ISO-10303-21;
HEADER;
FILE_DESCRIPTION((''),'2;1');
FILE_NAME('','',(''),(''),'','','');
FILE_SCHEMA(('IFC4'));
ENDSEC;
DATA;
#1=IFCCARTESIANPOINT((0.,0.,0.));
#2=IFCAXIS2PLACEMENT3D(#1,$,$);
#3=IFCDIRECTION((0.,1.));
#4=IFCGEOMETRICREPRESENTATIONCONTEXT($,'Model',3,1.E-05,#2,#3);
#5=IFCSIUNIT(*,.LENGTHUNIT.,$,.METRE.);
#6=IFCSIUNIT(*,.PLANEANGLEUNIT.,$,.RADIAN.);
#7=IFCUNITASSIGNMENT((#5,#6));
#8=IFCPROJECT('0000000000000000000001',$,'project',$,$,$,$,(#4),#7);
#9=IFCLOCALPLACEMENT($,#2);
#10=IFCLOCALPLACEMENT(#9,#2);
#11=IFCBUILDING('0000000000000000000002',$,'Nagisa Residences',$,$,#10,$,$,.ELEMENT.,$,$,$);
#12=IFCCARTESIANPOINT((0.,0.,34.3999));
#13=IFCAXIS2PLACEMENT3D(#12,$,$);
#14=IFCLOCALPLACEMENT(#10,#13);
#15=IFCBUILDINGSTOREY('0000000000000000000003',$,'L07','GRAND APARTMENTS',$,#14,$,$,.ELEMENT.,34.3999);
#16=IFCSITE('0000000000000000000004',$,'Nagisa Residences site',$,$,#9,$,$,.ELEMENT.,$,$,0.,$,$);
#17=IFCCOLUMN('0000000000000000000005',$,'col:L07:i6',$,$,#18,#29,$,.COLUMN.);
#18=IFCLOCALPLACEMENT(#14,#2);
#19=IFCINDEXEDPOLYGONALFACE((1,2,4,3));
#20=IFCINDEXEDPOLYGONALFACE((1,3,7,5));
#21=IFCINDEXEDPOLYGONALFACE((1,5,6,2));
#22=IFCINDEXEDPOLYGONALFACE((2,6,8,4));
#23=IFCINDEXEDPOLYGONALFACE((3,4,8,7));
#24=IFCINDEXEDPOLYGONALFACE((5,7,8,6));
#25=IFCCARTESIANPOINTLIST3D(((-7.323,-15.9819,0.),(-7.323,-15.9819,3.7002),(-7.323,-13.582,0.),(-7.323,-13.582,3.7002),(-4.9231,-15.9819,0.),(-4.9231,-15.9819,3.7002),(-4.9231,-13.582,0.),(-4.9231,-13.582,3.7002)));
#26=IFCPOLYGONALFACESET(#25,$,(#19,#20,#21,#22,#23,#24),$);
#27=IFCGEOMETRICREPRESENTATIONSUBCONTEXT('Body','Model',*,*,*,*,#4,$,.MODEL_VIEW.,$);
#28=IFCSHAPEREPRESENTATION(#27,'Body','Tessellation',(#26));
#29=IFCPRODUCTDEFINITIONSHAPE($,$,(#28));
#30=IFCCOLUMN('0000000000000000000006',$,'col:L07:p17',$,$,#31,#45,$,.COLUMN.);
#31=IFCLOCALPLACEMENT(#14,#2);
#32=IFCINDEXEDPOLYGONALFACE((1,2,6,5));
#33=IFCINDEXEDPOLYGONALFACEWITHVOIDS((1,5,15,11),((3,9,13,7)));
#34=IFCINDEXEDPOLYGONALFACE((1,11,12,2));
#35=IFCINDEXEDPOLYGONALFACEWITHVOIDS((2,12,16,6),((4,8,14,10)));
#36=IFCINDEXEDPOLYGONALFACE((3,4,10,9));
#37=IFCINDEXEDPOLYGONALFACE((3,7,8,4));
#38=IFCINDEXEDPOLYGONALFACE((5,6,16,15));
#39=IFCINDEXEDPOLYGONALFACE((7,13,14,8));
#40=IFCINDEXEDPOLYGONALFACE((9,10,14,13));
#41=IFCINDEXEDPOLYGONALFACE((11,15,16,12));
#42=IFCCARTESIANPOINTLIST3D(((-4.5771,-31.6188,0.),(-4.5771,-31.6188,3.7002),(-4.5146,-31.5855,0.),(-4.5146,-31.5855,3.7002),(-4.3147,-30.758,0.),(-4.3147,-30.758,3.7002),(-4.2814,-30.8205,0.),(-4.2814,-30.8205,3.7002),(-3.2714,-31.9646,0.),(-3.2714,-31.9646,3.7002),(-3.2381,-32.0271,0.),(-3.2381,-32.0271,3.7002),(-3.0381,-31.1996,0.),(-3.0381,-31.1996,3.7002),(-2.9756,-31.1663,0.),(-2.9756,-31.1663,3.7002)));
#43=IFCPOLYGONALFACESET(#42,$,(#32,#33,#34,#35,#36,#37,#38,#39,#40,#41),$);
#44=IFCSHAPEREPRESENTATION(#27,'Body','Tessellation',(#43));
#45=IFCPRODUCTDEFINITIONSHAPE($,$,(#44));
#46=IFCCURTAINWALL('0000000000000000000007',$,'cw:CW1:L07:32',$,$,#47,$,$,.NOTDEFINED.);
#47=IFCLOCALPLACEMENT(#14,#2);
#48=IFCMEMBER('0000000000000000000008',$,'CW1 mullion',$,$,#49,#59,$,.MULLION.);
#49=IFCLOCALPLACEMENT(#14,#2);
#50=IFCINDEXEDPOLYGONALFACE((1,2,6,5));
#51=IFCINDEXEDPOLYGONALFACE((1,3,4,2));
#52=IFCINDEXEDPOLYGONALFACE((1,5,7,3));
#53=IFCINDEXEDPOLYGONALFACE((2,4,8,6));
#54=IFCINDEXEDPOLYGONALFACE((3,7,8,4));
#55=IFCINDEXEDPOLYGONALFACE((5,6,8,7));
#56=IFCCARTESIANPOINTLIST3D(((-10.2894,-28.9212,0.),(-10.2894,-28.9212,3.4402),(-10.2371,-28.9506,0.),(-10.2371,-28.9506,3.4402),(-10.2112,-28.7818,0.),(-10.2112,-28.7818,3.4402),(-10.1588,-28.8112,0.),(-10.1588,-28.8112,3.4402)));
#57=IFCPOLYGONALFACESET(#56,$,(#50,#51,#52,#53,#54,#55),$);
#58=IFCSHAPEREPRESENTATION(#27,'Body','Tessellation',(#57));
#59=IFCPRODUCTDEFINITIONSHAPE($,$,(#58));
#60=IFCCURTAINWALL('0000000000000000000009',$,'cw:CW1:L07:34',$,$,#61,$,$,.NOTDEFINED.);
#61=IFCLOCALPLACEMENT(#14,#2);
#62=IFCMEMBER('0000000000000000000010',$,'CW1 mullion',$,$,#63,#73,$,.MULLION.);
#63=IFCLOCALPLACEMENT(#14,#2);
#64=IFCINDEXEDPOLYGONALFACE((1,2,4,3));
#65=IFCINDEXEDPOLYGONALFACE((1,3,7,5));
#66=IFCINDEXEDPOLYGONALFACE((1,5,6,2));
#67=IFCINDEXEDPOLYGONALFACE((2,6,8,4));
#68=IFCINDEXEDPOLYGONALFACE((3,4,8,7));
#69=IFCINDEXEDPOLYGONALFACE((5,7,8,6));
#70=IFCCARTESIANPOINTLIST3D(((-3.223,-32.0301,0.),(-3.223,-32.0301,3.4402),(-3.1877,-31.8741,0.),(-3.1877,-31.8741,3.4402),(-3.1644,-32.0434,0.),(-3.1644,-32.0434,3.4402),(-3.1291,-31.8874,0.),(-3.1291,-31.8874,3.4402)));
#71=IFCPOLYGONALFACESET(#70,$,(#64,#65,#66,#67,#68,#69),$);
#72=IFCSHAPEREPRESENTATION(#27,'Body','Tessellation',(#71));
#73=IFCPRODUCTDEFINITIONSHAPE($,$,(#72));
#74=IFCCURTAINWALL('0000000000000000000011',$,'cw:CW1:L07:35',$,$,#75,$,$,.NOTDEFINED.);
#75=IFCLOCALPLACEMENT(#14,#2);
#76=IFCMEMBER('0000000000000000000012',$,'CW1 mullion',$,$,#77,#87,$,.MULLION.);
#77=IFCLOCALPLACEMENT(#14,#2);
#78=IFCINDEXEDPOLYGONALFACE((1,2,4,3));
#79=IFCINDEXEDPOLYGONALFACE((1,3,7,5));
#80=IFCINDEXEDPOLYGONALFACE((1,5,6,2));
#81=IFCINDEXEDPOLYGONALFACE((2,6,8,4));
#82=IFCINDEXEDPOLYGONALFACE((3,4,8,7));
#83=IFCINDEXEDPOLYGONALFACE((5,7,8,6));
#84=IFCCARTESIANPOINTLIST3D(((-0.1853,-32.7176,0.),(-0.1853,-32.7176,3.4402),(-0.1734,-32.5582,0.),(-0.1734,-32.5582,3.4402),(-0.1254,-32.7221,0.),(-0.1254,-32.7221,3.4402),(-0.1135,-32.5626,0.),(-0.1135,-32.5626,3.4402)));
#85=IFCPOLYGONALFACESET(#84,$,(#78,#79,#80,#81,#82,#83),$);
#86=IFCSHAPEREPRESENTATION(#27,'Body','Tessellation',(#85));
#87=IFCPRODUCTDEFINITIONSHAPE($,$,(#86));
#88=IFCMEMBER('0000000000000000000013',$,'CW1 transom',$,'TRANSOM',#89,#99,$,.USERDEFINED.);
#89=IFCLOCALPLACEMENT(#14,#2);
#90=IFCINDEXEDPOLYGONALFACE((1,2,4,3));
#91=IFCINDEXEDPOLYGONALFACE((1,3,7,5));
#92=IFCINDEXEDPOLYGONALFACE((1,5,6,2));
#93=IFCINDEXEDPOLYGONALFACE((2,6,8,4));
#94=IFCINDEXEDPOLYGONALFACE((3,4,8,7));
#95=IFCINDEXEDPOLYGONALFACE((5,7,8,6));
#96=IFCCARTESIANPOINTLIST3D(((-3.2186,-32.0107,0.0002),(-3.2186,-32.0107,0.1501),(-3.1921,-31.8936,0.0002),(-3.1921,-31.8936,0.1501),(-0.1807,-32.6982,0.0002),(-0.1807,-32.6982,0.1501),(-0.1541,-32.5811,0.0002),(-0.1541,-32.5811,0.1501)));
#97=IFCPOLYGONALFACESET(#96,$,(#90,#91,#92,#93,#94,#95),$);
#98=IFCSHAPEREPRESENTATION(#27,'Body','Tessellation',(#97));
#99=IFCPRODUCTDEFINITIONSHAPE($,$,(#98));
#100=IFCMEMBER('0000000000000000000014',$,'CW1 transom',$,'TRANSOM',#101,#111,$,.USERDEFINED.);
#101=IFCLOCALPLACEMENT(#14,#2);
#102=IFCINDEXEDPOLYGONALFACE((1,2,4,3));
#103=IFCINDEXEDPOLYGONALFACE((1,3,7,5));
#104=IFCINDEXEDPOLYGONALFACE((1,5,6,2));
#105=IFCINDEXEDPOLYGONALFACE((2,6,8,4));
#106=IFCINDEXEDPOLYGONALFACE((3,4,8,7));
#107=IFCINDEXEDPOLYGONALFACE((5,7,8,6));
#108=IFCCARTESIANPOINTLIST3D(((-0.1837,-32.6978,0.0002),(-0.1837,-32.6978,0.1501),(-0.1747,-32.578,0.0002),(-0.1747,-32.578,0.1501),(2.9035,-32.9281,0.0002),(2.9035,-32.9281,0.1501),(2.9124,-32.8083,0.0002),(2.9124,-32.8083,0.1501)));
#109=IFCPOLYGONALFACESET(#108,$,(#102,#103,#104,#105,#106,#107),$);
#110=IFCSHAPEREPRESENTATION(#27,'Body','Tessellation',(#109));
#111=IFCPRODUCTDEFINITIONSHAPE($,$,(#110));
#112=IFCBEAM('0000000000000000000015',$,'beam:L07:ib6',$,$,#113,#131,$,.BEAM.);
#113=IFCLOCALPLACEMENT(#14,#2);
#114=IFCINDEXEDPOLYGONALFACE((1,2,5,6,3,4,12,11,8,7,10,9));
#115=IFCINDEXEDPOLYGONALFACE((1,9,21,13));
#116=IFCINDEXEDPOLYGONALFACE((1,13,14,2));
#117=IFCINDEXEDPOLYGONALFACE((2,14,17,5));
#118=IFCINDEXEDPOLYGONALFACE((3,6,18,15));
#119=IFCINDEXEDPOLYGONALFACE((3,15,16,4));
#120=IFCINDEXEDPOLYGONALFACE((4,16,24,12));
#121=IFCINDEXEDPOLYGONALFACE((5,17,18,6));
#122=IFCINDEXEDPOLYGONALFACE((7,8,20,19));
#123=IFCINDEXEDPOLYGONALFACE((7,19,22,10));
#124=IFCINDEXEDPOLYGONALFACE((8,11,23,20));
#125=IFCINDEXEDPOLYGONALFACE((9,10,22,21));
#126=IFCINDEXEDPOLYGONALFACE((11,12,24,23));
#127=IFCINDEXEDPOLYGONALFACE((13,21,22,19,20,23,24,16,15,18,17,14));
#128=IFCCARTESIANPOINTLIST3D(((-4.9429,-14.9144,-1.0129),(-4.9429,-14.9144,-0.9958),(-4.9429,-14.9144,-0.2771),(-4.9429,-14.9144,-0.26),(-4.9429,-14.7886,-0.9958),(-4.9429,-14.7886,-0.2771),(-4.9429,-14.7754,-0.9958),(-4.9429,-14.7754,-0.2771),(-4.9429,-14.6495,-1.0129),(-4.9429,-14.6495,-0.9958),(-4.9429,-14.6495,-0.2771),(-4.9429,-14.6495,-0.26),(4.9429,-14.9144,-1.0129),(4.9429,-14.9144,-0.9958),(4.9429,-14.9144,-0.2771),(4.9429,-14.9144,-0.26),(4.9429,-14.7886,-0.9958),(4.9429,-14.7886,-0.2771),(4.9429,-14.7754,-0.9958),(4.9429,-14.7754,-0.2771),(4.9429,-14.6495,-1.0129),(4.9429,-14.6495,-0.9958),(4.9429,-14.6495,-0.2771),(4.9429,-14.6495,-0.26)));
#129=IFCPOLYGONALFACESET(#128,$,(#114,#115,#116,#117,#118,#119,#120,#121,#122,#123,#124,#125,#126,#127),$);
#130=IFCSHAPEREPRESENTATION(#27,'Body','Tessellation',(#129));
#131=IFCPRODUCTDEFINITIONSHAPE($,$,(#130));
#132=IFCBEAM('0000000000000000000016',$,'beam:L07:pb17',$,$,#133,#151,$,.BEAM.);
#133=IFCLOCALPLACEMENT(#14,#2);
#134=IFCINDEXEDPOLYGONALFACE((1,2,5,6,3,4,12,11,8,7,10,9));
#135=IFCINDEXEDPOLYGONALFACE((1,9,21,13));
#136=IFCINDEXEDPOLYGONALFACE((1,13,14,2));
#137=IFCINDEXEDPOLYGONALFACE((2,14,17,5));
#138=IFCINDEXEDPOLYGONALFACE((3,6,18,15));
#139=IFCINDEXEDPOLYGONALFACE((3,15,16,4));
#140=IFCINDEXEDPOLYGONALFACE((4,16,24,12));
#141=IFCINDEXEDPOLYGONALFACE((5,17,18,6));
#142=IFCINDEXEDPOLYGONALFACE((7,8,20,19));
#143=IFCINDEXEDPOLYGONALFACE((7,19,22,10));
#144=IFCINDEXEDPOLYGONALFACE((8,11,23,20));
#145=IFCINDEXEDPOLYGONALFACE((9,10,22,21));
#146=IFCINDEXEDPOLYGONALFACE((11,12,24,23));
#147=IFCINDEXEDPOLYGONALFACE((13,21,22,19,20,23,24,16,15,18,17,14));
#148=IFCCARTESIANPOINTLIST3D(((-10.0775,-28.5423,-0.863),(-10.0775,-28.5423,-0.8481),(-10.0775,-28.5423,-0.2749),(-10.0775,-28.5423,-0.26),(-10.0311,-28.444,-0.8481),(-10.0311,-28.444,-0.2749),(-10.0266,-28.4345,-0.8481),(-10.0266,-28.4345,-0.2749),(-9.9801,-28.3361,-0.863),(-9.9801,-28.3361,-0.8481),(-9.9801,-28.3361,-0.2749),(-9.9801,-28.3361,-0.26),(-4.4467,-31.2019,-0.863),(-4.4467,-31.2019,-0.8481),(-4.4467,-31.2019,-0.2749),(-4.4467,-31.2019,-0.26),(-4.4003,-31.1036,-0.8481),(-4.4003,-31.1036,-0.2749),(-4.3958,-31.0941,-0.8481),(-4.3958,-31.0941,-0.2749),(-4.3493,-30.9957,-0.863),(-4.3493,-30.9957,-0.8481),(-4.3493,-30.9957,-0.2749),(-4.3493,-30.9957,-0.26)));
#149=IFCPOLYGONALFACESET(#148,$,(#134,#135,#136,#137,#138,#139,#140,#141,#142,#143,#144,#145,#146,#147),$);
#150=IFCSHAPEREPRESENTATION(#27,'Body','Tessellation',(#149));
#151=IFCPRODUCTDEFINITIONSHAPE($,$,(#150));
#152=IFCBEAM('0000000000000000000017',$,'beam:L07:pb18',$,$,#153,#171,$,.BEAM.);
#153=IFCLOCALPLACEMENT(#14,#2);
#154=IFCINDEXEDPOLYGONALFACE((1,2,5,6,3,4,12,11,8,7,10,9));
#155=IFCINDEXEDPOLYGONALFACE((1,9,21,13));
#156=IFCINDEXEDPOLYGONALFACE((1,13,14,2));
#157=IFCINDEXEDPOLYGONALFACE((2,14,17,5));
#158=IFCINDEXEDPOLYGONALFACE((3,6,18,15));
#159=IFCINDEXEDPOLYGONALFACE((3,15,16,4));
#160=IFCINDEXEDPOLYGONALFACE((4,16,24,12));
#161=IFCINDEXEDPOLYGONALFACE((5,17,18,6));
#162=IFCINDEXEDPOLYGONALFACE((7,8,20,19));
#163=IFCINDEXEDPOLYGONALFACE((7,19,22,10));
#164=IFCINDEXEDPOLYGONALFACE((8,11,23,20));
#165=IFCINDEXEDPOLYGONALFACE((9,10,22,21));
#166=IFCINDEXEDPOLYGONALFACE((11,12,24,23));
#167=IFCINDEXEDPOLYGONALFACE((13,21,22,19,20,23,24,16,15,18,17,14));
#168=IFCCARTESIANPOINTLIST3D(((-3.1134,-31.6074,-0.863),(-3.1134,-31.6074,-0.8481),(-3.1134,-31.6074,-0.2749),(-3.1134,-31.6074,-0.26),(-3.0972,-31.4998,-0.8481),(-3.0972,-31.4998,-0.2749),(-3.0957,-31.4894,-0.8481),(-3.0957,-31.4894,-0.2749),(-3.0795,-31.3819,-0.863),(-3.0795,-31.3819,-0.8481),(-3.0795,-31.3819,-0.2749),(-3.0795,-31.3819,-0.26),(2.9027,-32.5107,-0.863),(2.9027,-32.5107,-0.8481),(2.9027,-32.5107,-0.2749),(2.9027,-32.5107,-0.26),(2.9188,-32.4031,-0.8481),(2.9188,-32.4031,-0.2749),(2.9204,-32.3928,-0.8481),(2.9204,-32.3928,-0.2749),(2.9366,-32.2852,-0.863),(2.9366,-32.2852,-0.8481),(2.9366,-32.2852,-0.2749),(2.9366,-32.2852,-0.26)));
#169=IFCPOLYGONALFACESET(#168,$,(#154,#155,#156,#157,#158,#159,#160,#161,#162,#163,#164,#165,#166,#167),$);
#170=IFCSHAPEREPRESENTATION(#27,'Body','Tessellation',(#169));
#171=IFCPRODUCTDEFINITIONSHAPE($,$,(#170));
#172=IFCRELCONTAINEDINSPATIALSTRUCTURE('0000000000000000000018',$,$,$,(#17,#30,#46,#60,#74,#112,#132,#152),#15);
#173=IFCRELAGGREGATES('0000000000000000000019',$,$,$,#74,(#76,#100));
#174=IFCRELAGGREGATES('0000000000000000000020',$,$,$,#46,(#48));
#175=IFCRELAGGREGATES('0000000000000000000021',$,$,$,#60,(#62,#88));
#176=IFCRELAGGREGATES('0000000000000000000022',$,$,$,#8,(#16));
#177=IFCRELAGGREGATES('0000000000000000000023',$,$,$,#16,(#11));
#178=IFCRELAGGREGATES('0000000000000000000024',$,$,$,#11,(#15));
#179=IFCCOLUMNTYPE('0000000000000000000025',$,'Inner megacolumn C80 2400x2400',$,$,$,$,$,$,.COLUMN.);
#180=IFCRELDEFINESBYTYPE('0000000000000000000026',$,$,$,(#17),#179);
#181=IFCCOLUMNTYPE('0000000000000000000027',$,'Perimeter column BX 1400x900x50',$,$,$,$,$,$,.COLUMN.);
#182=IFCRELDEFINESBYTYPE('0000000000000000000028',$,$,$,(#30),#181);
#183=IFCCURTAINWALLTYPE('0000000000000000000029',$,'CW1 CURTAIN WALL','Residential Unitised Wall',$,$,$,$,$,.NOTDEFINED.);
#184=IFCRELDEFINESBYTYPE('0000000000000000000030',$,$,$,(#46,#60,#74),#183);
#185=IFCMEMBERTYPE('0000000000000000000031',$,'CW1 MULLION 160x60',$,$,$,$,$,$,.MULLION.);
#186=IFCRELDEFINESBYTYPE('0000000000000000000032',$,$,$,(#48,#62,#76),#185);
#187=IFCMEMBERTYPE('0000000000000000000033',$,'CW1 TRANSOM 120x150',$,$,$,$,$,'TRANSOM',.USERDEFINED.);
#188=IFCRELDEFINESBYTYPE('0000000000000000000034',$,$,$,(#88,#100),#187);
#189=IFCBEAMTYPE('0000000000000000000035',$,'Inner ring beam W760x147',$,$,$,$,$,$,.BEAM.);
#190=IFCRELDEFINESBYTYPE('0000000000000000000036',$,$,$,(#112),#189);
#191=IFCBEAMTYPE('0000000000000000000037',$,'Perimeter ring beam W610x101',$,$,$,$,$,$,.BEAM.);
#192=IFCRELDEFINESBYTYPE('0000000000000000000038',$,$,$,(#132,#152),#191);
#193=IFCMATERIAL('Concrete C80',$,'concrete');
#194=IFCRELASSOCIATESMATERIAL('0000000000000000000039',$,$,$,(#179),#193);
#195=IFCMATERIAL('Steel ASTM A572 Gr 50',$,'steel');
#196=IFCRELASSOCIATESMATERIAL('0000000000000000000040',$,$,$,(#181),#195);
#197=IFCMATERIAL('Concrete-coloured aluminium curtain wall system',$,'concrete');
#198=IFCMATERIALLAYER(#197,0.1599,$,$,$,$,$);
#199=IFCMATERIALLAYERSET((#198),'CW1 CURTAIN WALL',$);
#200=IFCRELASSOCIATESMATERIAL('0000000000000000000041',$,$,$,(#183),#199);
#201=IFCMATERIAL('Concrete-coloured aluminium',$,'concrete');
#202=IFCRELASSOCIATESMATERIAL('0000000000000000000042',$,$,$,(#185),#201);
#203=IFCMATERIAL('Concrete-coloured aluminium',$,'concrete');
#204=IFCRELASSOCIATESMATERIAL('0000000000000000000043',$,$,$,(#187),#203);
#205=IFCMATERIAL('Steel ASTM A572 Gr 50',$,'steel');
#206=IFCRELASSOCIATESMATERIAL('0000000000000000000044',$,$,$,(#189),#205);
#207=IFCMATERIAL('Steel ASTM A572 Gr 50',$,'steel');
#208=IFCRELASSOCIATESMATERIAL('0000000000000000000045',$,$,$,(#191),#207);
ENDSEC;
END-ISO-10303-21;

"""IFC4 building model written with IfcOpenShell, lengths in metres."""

from ifc_helpers import new_model, si_unit, direction, frame, origin, origin_2d, place, context, subcontext, project, spatial, rectangle, hollow_rectangle, i_section, extrude, material, layer, layer_set, material_profile, profile_set, type_object, element, aggregate, save


model = new_model("IFC4")

# Units and contexts
model_context = context("Model", 3, precision=1e-05, world=origin(), true_north=direction((0.0, 1.0)))
body_context = subcontext(model_context, "Body", "Model", "MODEL_VIEW")
ifc_project = project(units=[si_unit("LENGTHUNIT", "METRE"), si_unit("PLANEANGLEUNIT", "RADIAN")], contexts=[model_context])

# Site, building, storey
site_placement = place(None, origin())
site = spatial("IfcSite", under=ifc_project, at=site_placement, Name="Nagisa Residences site", CompositionType="ELEMENT", RefElevation=0.0)
building_placement = place(site_placement, origin())
building = spatial("IfcBuilding", under=site, at=building_placement, Name="Nagisa Residences", CompositionType="ELEMENT")
storey_placement = place(building_placement, frame((0.0, 0.0, 34.3999)))
storey = spatial("IfcBuildingStorey", under=building, at=storey_placement, Name="L07", Description="GRAND APARTMENTS", CompositionType="ELEMENT", Elevation=34.3999)

# Columns
ifc_material_1 = material(Name="Concrete C80", Category="concrete")
ifc_material_profile_1 = material_profile(ifc_material_1, rectangle(XDim=2.3999, YDim=2.3999, at=origin_2d()), Name="C80 2400x2400")
ifc_profile_set_1 = profile_set([ifc_material_profile_1], Name="Concrete C80")
column_type_1 = type_object("IfcColumnType", Name="Inner megacolumn C80 2400x2400", PredefinedType="COLUMN", material=ifc_profile_set_1)
column_1_placement = place(storey_placement, frame((-6.123, -14.782, 0.0), z_axis=(0.0, 0.0, 1.0), x_axis=(1.0, 0.0, 0.0)))
element("IfcColumn", 1, at=column_1_placement, inside=storey, type_object=column_type_1, Name="col:L07:i6", PredefinedType="COLUMN", context=body_context, shape_type="SweptSolid", body=[
    extrude(rectangle(XDim=2.3999, YDim=2.3999, at=origin_2d()), origin(), (0.0, 0.0, 1.0), 3.7002),
])
ifc_material_2 = material(Name="Steel ASTM A572 Gr 50", Category="steel")
ifc_material_profile_2 = material_profile(ifc_material_2, hollow_rectangle(XDim=1.3999, YDim=0.8999, WallThickness=0.05, at=origin_2d()), Name="BX 1400x900x50")
ifc_profile_set_2 = profile_set([ifc_material_profile_2], Name="Steel ASTM A572 Gr 50")
column_type_2 = type_object("IfcColumnType", Name="Perimeter column BX 1400x900x50", PredefinedType="COLUMN", material=ifc_profile_set_2)
column_2_placement = place(storey_placement, frame((-3.7764, -31.3926, 0.0), z_axis=(0.0, 0.0, 1.0), x_axis=(0.956525, -0.291652, 0.0)))
element("IfcColumn", 2, at=column_2_placement, inside=storey, type_object=column_type_2, Name="col:L07:p17", PredefinedType="COLUMN", context=body_context, shape_type="SweptSolid", body=[
    extrude(hollow_rectangle(XDim=1.3999, YDim=0.8999, WallThickness=0.05, at=origin_2d()), origin(), (0.0, 0.0, 1.0), 3.7002),
])

# Curtain walls, members
ifc_material_3 = material(Name="Concrete-coloured aluminium curtain wall system", Category="concrete")
ifc_layer_1 = layer(ifc_material_3, 0.1599)
ifc_layer_set_1 = layer_set([ifc_layer_1], Name="CW1 CURTAIN WALL")
curtain_wall_type = type_object("IfcCurtainWallType", Name="CW1 CURTAIN WALL", Description="Residential Unitised Wall", PredefinedType="NOTDEFINED", material=ifc_layer_set_1)
curtain_wall_1_placement = place(storey_placement, origin())
curtain_wall_1 = element("IfcCurtainWall", 3, at=curtain_wall_1_placement, inside=storey, type_object=curtain_wall_type, Name="cw:CW1:L07:32", PredefinedType="NOTDEFINED")
ifc_material_4 = material(Name="Concrete-coloured aluminium", Category="concrete")
ifc_material_profile_3 = material_profile(ifc_material_4, rectangle(XDim=0.1599, YDim=0.0601, at=origin_2d()), Name="CW1 MULLION 160x60")
ifc_profile_set_3 = profile_set([ifc_material_profile_3], Name="Concrete-coloured aluminium")
member_type_1 = type_object("IfcMemberType", Name="CW1 MULLION 160x60", PredefinedType="MULLION", material=ifc_profile_set_3)
member_1_placement = place(storey_placement, frame((-10.2241, -28.8662, 0.0), z_axis=(0.0, 0.0, 1.0), x_axis=(0.489377, 0.872072, 0.0)))
member_1 = element("IfcMember", 4, at=member_1_placement, type_object=member_type_1, Name="CW1 mullion", PredefinedType="MULLION", context=body_context, shape_type="SweptSolid", body=[
    extrude(rectangle(XDim=0.1599, YDim=0.0601, at=origin_2d()), origin(), (0.0, 0.0, 1.0), 3.4402),
])
curtain_wall_2_placement = place(storey_placement, origin())
curtain_wall_2 = element("IfcCurtainWall", 5, at=curtain_wall_2_placement, inside=storey, type_object=curtain_wall_type, Name="cw:CW1:L07:34", PredefinedType="NOTDEFINED")
member_2_placement = place(storey_placement, frame((-3.176, -31.9587, 0.0), z_axis=(0.0, 0.0, 1.0), x_axis=(0.220764, 0.975327, 0.0)))
member_2 = element("IfcMember", 6, at=member_2_placement, type_object=member_type_1, Name="CW1 mullion", PredefinedType="MULLION", context=body_context, shape_type="SweptSolid", body=[
    extrude(rectangle(XDim=0.1599, YDim=0.0601, at=origin_2d()), origin(), (0.0, 0.0, 1.0), 3.4402),
])
curtain_wall_3_placement = place(storey_placement, origin())
curtain_wall_3 = element("IfcCurtainWall", 7, at=curtain_wall_3_placement, inside=storey, type_object=curtain_wall_type, Name="cw:CW1:L07:35", PredefinedType="NOTDEFINED")
member_3_placement = place(storey_placement, frame((-0.1494, -32.6401, 0.0), z_axis=(0.0, 0.0, 1.0), x_axis=(0.074377, 0.99723, 0.0)))
member_3 = element("IfcMember", 8, at=member_3_placement, type_object=member_type_1, Name="CW1 mullion", PredefinedType="MULLION", context=body_context, shape_type="SweptSolid", body=[
    extrude(rectangle(XDim=0.1599, YDim=0.0601, at=origin_2d()), origin(), (0.0, 0.0, 1.0), 3.4402),
])

# Members
ifc_material_5 = material(Name="Concrete-coloured aluminium", Category="concrete")
ifc_material_profile_4 = material_profile(ifc_material_5, rectangle(XDim=0.1201, YDim=0.1499, at=origin_2d()), Name="CW1 TRANSOM 120x150")
ifc_profile_set_4 = profile_set([ifc_material_profile_4], Name="Concrete-coloured aluminium")
member_type_2 = type_object("IfcMemberType", Name="CW1 TRANSOM 120x150", ElementType="TRANSOM", PredefinedType="USERDEFINED", material=ifc_profile_set_4)
member_4_placement = place(storey_placement, frame((-3.2053, -31.9521, 0.0752), z_axis=(0.975335, -0.22073, 0.0), x_axis=(0.22073, 0.975335, 0.0)))
member_4 = element("IfcMember", 9, at=member_4_placement, type_object=member_type_2, Name="CW1 transom", ObjectType="TRANSOM", PredefinedType="USERDEFINED", context=body_context, shape_type="SweptSolid", body=[
    extrude(rectangle(XDim=0.1201, YDim=0.1499, at=origin_2d()), origin(), (0.0, 0.0, 1.0), 3.1147),
])
member_5_placement = place(storey_placement, frame((-0.1792, -32.6379, 0.0752), z_axis=(0.997231, -0.074368, 0.0), x_axis=(0.074368, 0.997231, 0.0)))
member_5 = element("IfcMember", 10, at=member_5_placement, type_object=member_type_2, Name="CW1 transom", ObjectType="TRANSOM", PredefinedType="USERDEFINED", context=body_context, shape_type="SweptSolid", body=[
    extrude(rectangle(XDim=0.1201, YDim=0.1499, at=origin_2d()), origin(), (0.0, 0.0, 1.0), 3.0957),
])
aggregate(curtain_wall_3, [member_3, member_5])

# Beams
ifc_material_6 = material(Name="Steel ASTM A572 Gr 50", Category="steel")
ifc_material_profile_5 = material_profile(ifc_material_6, i_section(OverallWidth=0.2649, OverallDepth=0.7529, WebThickness=0.0132, FlangeThickness=0.0171, at=origin_2d()), Name="W760x147")
ifc_profile_set_5 = profile_set([ifc_material_profile_5], Name="Steel ASTM A572 Gr 50")
beam_type_1 = type_object("IfcBeamType", Name="Inner ring beam W760x147", PredefinedType="BEAM", material=ifc_profile_set_5)
beam_1_placement = place(storey_placement, frame((-4.9429, -14.782, -0.6365), z_axis=(1.0, 0.0, 0.0), x_axis=(0.0, 1.0, 0.0)))
element("IfcBeam", 11, at=beam_1_placement, inside=storey, type_object=beam_type_1, Name="beam:L07:ib6", PredefinedType="BEAM", context=body_context, shape_type="SweptSolid", body=[
    extrude(i_section(OverallWidth=0.2649, OverallDepth=0.7529, WebThickness=0.0132, FlangeThickness=0.0171, at=origin_2d()), origin(), (0.0, 0.0, 1.0), 9.8857),
])
ifc_material_7 = material(Name="Steel ASTM A572 Gr 50", Category="steel")
ifc_material_profile_6 = material_profile(ifc_material_7, i_section(OverallWidth=0.228, OverallDepth=0.603, WebThickness=0.0105, FlangeThickness=0.0149, at=origin_2d()), Name="W610x101")
ifc_profile_set_6 = profile_set([ifc_material_profile_6], Name="Steel ASTM A572 Gr 50")
beam_type_2 = type_object("IfcBeamType", Name="Perimeter ring beam W610x101", PredefinedType="BEAM", material=ifc_profile_set_6)
beam_2_placement = place(storey_placement, frame((-10.0288, -28.4392, -0.5615), z_axis=(0.904208, -0.427092, 0.0), x_axis=(0.427092, 0.904208, 0.0)))
element("IfcBeam", 12, at=beam_2_placement, inside=storey, type_object=beam_type_2, Name="beam:L07:pb17", PredefinedType="BEAM", context=body_context, shape_type="SweptSolid", body=[
    extrude(i_section(OverallWidth=0.228, OverallDepth=0.603, WebThickness=0.0105, FlangeThickness=0.0149, at=origin_2d()), origin(), (0.0, 0.0, 1.0), 6.2273),
])
beam_3_placement = place(storey_placement, frame((-3.0964, -31.4946, -0.5615), z_axis=(0.988915, -0.148486, 0.0), x_axis=(0.148486, 0.988915, 0.0)))
element("IfcBeam", 13, at=beam_3_placement, inside=storey, type_object=beam_type_2, Name="beam:L07:pb18", PredefinedType="BEAM", context=body_context, shape_type="SweptSolid", body=[
    extrude(i_section(OverallWidth=0.228, OverallDepth=0.603, WebThickness=0.0105, FlangeThickness=0.0149, at=origin_2d()), origin(), (0.0, 0.0, 1.0), 6.0835),
])

aggregate(curtain_wall_1, [member_1])
aggregate(curtain_wall_2, [member_2, member_4])

save(model, "model.ifc")
